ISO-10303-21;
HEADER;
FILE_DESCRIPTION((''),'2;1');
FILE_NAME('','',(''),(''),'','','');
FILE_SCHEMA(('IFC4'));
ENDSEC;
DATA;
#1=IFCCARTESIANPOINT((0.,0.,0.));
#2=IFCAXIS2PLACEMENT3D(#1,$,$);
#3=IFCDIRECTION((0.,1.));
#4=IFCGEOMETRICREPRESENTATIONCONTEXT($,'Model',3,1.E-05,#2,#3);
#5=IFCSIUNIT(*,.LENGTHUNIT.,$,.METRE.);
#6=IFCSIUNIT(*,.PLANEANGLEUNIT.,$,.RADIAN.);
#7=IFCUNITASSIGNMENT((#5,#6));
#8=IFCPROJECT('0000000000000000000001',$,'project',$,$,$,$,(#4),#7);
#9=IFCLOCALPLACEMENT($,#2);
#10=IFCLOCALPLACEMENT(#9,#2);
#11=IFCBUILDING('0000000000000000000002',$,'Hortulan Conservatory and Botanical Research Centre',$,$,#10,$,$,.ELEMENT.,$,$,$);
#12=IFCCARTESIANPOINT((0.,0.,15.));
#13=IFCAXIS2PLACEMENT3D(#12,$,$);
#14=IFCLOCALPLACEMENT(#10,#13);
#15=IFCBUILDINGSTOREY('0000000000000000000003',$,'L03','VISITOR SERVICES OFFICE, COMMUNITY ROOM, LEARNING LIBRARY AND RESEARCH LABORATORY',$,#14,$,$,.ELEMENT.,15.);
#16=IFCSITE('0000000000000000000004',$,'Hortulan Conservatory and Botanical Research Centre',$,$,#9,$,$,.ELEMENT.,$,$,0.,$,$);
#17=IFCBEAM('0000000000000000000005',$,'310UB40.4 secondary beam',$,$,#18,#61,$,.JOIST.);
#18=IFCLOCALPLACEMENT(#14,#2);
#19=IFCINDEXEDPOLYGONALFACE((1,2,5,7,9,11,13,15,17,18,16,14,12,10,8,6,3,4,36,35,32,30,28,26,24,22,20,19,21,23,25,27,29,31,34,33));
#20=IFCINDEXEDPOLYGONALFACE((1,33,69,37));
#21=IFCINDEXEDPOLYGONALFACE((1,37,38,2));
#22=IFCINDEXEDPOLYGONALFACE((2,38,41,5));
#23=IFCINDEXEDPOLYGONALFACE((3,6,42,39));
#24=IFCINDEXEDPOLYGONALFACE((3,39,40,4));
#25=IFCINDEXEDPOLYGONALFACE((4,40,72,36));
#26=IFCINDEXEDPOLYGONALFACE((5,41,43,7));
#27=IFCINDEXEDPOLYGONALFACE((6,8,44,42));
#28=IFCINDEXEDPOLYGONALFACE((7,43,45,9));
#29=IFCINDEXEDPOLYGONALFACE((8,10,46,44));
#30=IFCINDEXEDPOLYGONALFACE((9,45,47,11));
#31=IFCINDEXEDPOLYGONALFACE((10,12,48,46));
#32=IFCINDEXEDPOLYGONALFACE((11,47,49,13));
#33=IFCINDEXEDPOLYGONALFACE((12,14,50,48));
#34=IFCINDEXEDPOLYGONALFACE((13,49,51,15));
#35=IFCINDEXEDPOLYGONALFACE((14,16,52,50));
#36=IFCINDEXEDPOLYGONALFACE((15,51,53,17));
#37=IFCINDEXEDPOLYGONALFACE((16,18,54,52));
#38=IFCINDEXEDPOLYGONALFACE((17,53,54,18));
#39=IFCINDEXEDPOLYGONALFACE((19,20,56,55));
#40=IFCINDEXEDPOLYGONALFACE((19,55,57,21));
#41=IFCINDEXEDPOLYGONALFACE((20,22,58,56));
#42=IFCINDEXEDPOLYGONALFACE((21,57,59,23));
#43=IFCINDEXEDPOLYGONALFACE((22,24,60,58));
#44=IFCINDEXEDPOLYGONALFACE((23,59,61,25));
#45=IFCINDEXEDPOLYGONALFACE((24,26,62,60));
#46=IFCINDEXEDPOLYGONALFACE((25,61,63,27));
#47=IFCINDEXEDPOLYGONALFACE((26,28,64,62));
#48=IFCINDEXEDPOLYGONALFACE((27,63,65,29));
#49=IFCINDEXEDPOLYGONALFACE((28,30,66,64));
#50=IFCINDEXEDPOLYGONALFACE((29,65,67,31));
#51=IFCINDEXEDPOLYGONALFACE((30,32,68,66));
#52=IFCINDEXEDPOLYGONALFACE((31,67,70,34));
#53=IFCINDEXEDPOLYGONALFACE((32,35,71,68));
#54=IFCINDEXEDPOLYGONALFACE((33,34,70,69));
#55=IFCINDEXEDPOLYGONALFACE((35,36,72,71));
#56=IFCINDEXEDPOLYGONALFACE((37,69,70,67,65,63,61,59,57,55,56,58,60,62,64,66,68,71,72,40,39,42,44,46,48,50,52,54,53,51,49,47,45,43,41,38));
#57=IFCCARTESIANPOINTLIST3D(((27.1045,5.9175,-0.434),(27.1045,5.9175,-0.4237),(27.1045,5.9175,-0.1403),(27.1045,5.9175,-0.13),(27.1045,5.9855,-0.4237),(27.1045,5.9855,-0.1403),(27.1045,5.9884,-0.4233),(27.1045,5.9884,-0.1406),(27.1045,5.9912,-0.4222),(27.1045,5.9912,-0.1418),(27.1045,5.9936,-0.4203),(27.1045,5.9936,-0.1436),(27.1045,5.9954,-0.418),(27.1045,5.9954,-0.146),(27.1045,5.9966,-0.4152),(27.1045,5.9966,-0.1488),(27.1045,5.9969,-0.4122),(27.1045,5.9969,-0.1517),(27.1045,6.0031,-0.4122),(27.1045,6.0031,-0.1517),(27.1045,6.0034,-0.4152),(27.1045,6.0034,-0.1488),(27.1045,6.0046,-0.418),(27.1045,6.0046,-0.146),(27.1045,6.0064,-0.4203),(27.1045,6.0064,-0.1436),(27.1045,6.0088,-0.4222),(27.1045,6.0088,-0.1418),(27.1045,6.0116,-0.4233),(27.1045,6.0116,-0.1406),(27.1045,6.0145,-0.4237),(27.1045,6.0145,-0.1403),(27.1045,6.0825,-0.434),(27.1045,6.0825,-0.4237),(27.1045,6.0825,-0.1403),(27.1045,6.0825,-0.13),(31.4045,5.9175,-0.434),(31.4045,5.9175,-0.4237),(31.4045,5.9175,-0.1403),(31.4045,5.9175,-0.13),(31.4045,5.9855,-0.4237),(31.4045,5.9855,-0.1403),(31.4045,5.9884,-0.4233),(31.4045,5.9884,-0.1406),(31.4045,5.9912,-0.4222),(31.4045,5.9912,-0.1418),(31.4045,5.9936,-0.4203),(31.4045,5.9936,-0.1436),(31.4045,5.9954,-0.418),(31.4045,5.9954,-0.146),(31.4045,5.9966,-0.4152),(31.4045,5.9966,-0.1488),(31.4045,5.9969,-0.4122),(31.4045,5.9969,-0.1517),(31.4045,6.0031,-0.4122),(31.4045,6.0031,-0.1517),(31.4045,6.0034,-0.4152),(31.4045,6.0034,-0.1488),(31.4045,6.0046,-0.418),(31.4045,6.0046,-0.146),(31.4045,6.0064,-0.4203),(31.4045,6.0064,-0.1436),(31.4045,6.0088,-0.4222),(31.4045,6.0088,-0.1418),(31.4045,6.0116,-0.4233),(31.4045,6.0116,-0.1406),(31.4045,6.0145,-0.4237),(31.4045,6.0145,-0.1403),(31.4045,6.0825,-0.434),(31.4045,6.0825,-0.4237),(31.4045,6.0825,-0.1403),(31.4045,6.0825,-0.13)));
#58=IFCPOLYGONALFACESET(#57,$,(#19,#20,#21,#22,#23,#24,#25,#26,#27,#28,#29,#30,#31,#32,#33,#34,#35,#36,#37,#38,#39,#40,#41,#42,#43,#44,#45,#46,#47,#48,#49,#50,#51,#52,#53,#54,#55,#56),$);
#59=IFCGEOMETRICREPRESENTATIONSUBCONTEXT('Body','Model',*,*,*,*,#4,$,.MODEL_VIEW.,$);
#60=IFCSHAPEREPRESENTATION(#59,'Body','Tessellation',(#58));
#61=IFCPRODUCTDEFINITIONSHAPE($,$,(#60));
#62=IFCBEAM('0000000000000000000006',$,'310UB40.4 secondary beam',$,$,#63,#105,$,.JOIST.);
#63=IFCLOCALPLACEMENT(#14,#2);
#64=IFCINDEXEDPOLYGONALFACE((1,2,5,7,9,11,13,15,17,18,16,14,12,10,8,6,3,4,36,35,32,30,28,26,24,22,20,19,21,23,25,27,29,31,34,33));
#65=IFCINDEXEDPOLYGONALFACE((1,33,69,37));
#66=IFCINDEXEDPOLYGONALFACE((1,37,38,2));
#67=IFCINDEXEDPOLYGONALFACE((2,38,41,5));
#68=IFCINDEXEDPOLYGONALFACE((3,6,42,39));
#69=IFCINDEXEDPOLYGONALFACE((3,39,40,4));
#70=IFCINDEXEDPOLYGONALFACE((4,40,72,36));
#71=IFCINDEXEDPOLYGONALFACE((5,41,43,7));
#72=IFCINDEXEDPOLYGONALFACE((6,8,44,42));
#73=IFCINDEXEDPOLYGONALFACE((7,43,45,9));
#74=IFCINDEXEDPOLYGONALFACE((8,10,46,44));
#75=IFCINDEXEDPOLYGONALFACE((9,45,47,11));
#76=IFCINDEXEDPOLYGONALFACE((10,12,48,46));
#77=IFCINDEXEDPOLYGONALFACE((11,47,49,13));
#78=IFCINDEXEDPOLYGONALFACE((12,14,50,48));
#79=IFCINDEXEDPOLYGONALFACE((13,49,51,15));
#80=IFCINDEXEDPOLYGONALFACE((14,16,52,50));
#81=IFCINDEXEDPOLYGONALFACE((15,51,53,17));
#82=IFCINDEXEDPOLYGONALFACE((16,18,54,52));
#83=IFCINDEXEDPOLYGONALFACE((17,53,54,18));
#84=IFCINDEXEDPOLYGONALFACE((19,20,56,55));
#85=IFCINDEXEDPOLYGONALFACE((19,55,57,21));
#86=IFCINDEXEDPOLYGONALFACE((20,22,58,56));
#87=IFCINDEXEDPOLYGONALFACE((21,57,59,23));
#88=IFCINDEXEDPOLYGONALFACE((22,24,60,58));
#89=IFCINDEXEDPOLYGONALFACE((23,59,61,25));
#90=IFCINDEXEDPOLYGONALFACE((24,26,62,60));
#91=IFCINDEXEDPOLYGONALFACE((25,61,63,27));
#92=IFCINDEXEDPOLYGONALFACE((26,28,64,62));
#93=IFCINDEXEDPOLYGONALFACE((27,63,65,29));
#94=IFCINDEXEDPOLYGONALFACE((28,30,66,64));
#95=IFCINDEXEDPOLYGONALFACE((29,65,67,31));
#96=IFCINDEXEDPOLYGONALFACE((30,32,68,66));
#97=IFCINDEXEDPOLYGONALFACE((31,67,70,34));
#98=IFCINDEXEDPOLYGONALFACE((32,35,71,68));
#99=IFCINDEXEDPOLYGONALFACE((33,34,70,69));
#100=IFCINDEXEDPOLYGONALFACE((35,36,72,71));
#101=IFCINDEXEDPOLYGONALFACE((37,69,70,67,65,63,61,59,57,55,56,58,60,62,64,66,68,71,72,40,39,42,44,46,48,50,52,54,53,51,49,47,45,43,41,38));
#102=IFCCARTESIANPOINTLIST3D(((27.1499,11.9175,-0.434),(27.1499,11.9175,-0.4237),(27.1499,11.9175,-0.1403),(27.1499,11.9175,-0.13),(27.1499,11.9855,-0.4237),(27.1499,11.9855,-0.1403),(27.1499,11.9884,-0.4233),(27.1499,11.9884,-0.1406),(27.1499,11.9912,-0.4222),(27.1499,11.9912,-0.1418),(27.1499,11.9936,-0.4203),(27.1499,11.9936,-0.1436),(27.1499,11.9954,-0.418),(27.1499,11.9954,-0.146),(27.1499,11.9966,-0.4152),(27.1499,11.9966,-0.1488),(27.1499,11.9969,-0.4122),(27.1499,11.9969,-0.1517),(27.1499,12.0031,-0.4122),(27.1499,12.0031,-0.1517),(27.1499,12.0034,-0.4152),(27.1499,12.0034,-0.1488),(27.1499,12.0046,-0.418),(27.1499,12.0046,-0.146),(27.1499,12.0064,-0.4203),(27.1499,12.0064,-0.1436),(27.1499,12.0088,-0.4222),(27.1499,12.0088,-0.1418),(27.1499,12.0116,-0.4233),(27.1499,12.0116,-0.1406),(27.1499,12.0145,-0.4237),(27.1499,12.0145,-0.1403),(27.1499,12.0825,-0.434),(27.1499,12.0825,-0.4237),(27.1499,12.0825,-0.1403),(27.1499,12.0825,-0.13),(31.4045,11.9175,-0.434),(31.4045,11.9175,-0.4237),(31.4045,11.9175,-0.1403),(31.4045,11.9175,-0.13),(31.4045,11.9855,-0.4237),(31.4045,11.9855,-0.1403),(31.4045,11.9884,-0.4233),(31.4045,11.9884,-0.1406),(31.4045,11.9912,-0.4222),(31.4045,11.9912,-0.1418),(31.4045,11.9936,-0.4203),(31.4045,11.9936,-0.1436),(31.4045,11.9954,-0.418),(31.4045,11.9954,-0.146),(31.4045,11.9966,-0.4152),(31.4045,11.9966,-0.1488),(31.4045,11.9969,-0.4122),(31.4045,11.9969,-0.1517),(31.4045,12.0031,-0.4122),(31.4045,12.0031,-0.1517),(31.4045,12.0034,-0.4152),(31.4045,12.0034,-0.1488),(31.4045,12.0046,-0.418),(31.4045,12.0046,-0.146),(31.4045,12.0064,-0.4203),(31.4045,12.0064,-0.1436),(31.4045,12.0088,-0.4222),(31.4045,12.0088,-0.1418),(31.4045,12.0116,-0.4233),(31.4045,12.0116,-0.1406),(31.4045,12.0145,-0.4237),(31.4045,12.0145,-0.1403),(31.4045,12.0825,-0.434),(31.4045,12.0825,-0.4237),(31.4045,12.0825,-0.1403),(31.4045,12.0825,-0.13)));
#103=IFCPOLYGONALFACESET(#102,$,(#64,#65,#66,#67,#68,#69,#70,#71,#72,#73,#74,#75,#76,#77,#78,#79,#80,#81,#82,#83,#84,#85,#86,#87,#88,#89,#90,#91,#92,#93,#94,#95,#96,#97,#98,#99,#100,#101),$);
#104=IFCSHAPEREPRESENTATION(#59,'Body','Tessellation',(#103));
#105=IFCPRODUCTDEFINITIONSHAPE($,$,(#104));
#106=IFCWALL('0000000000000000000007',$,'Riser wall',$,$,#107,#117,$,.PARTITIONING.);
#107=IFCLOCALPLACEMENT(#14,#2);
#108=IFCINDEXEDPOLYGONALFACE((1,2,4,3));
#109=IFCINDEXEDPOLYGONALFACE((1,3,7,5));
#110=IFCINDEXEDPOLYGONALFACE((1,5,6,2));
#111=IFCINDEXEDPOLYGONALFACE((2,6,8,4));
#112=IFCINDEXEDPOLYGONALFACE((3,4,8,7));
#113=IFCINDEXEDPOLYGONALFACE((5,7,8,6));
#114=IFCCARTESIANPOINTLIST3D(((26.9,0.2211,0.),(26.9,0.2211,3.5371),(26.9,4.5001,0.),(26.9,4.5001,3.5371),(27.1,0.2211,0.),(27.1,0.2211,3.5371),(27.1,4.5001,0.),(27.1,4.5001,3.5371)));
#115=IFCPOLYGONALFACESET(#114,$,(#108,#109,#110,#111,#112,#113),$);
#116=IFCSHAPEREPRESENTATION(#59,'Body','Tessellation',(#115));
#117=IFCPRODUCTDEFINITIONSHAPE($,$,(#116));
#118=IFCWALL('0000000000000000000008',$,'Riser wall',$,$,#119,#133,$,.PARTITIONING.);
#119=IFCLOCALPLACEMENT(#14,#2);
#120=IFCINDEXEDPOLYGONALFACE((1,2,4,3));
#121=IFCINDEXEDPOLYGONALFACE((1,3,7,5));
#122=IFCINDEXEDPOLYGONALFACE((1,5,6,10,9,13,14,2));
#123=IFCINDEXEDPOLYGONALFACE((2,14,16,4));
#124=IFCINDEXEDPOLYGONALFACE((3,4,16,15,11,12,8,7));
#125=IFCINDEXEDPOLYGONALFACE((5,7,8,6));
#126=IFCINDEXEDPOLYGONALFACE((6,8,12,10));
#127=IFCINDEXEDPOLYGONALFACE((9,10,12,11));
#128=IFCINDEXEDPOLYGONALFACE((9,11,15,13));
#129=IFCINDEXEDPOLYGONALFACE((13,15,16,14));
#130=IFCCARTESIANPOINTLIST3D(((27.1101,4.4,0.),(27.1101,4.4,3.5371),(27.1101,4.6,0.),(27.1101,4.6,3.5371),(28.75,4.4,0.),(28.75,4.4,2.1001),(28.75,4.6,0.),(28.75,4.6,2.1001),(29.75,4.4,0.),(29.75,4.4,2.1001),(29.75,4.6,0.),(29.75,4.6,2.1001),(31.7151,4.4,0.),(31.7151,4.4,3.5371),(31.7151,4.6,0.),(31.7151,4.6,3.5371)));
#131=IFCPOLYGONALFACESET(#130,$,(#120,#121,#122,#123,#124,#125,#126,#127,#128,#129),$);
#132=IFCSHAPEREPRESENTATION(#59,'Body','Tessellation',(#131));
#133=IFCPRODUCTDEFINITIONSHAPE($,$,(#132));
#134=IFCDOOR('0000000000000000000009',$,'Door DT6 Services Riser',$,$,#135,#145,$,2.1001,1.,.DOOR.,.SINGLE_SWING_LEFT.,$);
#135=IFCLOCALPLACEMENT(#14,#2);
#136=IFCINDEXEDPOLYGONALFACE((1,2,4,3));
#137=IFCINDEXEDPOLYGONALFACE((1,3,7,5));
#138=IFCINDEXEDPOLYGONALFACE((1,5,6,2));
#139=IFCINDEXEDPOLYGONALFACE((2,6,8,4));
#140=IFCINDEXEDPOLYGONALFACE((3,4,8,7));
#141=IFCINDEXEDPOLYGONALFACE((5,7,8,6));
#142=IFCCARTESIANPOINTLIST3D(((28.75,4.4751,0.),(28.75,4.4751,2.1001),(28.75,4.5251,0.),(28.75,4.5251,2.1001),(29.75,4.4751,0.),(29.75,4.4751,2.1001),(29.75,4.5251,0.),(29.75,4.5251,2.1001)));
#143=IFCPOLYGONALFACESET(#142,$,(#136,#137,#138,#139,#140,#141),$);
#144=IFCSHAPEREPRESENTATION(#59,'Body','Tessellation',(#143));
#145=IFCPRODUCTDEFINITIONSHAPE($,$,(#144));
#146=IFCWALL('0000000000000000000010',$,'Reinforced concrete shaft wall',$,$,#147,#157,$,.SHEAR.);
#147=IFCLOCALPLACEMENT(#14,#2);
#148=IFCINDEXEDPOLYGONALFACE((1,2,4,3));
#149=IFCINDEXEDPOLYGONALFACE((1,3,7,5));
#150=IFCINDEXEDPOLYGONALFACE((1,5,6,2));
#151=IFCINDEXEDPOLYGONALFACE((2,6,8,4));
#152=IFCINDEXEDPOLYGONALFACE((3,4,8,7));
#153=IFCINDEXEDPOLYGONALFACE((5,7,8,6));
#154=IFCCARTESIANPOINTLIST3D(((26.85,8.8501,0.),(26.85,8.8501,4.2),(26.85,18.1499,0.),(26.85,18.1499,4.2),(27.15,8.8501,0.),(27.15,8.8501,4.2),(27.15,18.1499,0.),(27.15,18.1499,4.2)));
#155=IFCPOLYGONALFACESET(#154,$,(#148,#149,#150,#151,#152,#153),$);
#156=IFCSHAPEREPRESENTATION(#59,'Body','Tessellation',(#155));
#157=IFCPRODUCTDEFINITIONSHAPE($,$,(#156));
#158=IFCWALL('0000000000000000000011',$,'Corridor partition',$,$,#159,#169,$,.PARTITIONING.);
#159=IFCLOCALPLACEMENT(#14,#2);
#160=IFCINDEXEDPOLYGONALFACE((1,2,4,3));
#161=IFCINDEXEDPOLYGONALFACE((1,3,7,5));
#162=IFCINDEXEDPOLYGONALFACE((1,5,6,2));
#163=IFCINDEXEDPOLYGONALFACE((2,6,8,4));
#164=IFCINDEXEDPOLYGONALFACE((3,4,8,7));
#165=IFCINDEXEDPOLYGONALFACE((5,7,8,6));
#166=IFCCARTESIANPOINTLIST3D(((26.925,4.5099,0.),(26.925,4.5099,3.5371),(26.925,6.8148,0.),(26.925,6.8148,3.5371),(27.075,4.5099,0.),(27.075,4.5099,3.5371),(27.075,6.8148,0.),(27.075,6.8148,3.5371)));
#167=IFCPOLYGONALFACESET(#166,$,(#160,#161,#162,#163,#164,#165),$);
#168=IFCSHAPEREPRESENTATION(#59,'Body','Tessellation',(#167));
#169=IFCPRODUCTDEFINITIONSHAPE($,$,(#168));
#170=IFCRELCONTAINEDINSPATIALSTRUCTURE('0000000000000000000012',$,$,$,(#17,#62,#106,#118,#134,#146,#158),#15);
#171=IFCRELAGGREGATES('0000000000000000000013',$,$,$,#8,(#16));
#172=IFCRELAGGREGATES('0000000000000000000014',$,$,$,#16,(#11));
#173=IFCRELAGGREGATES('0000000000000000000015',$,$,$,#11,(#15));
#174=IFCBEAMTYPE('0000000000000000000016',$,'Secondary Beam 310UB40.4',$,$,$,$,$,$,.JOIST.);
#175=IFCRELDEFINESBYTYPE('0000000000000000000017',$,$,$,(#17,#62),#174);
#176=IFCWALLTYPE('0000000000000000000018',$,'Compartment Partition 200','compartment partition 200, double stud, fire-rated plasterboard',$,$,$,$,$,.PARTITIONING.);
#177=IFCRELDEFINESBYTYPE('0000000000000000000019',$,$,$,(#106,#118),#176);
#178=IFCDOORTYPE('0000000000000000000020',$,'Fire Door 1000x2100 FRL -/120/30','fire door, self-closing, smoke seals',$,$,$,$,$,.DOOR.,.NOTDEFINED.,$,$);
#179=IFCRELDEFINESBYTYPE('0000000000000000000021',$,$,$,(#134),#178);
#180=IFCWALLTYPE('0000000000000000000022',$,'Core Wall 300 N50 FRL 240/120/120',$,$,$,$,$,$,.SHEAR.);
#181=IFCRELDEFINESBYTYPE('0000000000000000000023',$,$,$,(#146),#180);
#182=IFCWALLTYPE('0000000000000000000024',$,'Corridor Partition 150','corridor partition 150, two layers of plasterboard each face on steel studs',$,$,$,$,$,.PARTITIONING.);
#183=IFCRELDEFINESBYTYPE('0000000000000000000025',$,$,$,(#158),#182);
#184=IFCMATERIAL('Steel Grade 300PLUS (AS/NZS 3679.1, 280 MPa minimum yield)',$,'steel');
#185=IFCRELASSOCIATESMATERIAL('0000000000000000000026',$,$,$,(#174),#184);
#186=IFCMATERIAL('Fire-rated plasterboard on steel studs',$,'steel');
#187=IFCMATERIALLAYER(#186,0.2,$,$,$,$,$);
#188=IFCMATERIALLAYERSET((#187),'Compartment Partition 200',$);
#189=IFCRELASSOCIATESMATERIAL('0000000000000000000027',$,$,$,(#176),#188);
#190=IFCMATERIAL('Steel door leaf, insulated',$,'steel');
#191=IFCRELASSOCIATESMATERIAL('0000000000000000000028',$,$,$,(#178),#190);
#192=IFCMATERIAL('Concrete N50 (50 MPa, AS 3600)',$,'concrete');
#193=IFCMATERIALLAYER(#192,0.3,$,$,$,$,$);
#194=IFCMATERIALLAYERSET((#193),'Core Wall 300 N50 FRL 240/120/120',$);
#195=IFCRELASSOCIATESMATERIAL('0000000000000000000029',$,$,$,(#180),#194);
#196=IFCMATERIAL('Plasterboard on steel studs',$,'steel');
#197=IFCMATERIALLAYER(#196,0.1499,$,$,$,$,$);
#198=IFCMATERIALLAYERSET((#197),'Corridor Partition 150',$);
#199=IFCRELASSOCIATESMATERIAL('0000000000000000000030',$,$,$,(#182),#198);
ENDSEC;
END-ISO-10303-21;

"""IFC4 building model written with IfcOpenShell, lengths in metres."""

from ifc_helpers import new_model, si_unit, direction, frame, frame_2d, origin, origin_2d, place, context, subcontext, project, spatial, rectangle, i_section, extrude, material, layer, layer_set, material_profile, profile_set, type_object, element, fill, save


model = new_model("IFC4")

# Units and contexts
model_context = context("Model", 3, precision=1e-05, world=origin(), true_north=direction((0.0, 1.0)))
body_context = subcontext(model_context, "Body", "Model", "MODEL_VIEW")
ifc_project = project(units=[si_unit("LENGTHUNIT", "METRE"), si_unit("PLANEANGLEUNIT", "RADIAN")], contexts=[model_context])

# Site, building, storey
site_placement = place(None, origin())
site = spatial("IfcSite", under=ifc_project, at=site_placement, Name="Hortulan Conservatory and Botanical Research Centre", CompositionType="ELEMENT", RefElevation=0.0)
building_placement = place(site_placement, origin())
building = spatial("IfcBuilding", under=site, at=building_placement, Name="Hortulan Conservatory and Botanical Research Centre", CompositionType="ELEMENT")
storey_placement = place(building_placement, frame((0.0, 0.0, 15.0)))
storey = spatial("IfcBuildingStorey", under=building, at=storey_placement, Name="L03", Description="VISITOR SERVICES OFFICE, COMMUNITY ROOM, LEARNING LIBRARY AND RESEARCH LABORATORY", CompositionType="ELEMENT", Elevation=15.0)

# Beams
ifc_material_1 = material(Name="Steel Grade 300PLUS (AS/NZS 3679.1, 280 MPa minimum yield)", Category="steel")
ifc_material_profile_1 = material_profile(ifc_material_1, i_section(OverallWidth=0.165, OverallDepth=0.304, WebThickness=0.0061, FlangeThickness=0.0103, FilletRadius=0.0115, at=origin_2d()), Name="310UB40.4")
ifc_profile_set_1 = profile_set([ifc_material_profile_1], Name="Steel Grade 300PLUS (AS/NZS 3679.1, 280 MPa minimum yield)")
beam_type_1 = type_object("IfcBeamType", Name="Secondary Beam 310UB40.4", PredefinedType="JOIST", material=ifc_profile_set_1)
for number, where, z_axis, x_axis, name in (
    (1, (27.1045, 6.0, -0.282), (1.0, 0.0, 0.0), (0.0, 1.0, 0.0), "310UB40.4 secondary beam"),
):
    element("IfcBeam", number, at=place(storey_placement, frame(where, z_axis=z_axis, x_axis=x_axis)), inside=storey, type_object=beam_type_1, Name=name, PredefinedType="JOIST", context=body_context, shape_type="SweptSolid", body=[
        extrude(i_section(OverallWidth=0.165, OverallDepth=0.304, WebThickness=0.0061, FlangeThickness=0.0103, FilletRadius=0.0115, at=origin_2d()), origin(), (0.0, 0.0, 1.0), 4.3),
    ])
beam_1_placement = place(storey_placement, frame((27.1499, 12.0, -0.282), z_axis=(1.0, 0.0, 0.0), x_axis=(0.0, 1.0, 0.0)))
element("IfcBeam", 2, at=beam_1_placement, inside=storey, type_object=beam_type_1, Name="310UB40.4 secondary beam", PredefinedType="JOIST", context=body_context, shape_type="SweptSolid", body=[
    extrude(i_section(OverallWidth=0.165, OverallDepth=0.304, WebThickness=0.0061, FlangeThickness=0.0103, FilletRadius=0.0115, at=origin_2d()), origin(), (0.0, 0.0, 1.0), 4.2546),
])

# Wall
ifc_material_2 = material(Name="Fire-rated plasterboard on steel studs", Category="steel")
ifc_layer_1 = layer(ifc_material_2, 0.2)
ifc_layer_set_1 = layer_set([ifc_layer_1], Name="Compartment Partition 200")
wall_type_1 = type_object("IfcWallType", Name="Compartment Partition 200", Description="compartment partition 200, double stud, fire-rated plasterboard", PredefinedType="PARTITIONING", material=ifc_layer_set_1)
wall_1_placement = place(storey_placement, frame((27.0, 0.2209, 0.0), z_axis=(0.0, 0.0, 1.0), x_axis=(0.0, 1.0, 0.0)))
element("IfcWall", 3, at=wall_1_placement, inside=storey, type_object=wall_type_1, Name="Riser wall", PredefinedType="PARTITIONING", context=body_context, shape_type="SweptSolid", body=[
    extrude(rectangle(XDim=4.2791, YDim=0.2, at=frame_2d((2.1396, 0.0))), origin(), (0.0, 0.0, 1.0), 3.5371),
])

# Wall, opening, door
wall_2_placement = place(storey_placement, frame((27.1101, 4.5, 0.0), z_axis=(0.0, 0.0, 1.0), x_axis=(1.0, 0.0, 0.0)))
wall_2 = element("IfcWall", 4, at=wall_2_placement, inside=storey, type_object=wall_type_1, Name="Riser wall", PredefinedType="PARTITIONING", context=body_context, shape_type="SweptSolid", body=[
    extrude(rectangle(XDim=4.605, YDim=0.2, at=frame_2d((2.3025, 0.0))), origin(), (0.0, 0.0, 1.0), 3.5371),
])
opening_1_placement = place(wall_2_placement, frame((1.6399, 0.0, 0.0)))
opening_1 = element("IfcOpeningElement", 5, at=opening_1_placement, cuts=wall_2, PredefinedType="OPENING", context=body_context, shape_type="SweptSolid", body=[
    extrude(rectangle(XDim=1.0, YDim=2.1001, at=frame_2d((0.5, 1.05))), frame((0.0, 0.1099, 0.0), z_axis=(0.0, -1.0, 0.0), x_axis=(1.0, 0.0, 0.0)), (0.0, 0.0, 1.0), 0.22),
])
ifc_material_3 = material(Name="Steel door leaf, insulated", Category="steel")
door_type_1 = type_object("IfcDoorType", Name="Fire Door 1000x2100 FRL -/120/30", Description="fire door, self-closing, smoke seals", OperationType="NOTDEFINED", PredefinedType="DOOR", material=ifc_material_3)
door_1_placement = place(opening_1_placement, frame((1.0, 0.0, 0.0), z_axis=(0.0, 0.0, 1.0), x_axis=(-1.0, 0.0, 0.0)))
door_1 = element("IfcDoor", 6, at=door_1_placement, inside=storey, type_object=door_type_1, Name="Door DT6 Services Riser", OperationType="SINGLE_SWING_LEFT", OverallHeight=2.1001, OverallWidth=1.0, PredefinedType="DOOR", context=body_context, shape_type="SweptSolid", body=[
    extrude(rectangle(XDim=1.0, YDim=2.1001, at=frame_2d((0.5, 1.05))), frame((0.0, 0.0249, 0.0), z_axis=(0.0, -1.0, 0.0), x_axis=(1.0, 0.0, 0.0)), (0.0, 0.0, 1.0), 0.05),
])
fill(opening_1, door_1)

# Walls
ifc_material_4 = material(Name="Concrete N50 (50 MPa, AS 3600)", Category="concrete")
ifc_layer_2 = layer(ifc_material_4, 0.3)
ifc_layer_set_2 = layer_set([ifc_layer_2], Name="Core Wall 300 N50 FRL 240/120/120")
wall_type_2 = type_object("IfcWallType", Name="Core Wall 300 N50 FRL 240/120/120", PredefinedType="SHEAR", material=ifc_layer_set_2)
wall_3_placement = place(storey_placement, frame((27.0, 8.8501, 0.0), z_axis=(0.0, 0.0, 1.0), x_axis=(0.0, 1.0, 0.0)))
element("IfcWall", 7, at=wall_3_placement, inside=storey, type_object=wall_type_2, Name="Reinforced concrete shaft wall", PredefinedType="SHEAR", context=body_context, shape_type="SweptSolid", body=[
    extrude(rectangle(XDim=9.2998, YDim=0.3, at=frame_2d((4.6499, 0.0))), origin(), (0.0, 0.0, 1.0), 4.2),
])
ifc_material_5 = material(Name="Plasterboard on steel studs", Category="steel")
ifc_layer_3 = layer(ifc_material_5, 0.1499)
ifc_layer_set_3 = layer_set([ifc_layer_3], Name="Corridor Partition 150")
wall_type_3 = type_object("IfcWallType", Name="Corridor Partition 150", Description="corridor partition 150, two layers of plasterboard each face on steel studs", PredefinedType="PARTITIONING", material=ifc_layer_set_3)
wall_4_placement = place(storey_placement, frame((27.0, 4.51, 0.0), z_axis=(0.0, 0.0, 1.0), x_axis=(0.0, 1.0, 0.0)))
element("IfcWall", 8, at=wall_4_placement, inside=storey, type_object=wall_type_3, Name="Corridor partition", PredefinedType="PARTITIONING", context=body_context, shape_type="SweptSolid", body=[
    extrude(rectangle(XDim=2.3049, YDim=0.1499, at=frame_2d((1.1523, 0.0))), origin(), (0.0, 0.0, 1.0), 3.5371),
])

save(model, "model.ifc")
